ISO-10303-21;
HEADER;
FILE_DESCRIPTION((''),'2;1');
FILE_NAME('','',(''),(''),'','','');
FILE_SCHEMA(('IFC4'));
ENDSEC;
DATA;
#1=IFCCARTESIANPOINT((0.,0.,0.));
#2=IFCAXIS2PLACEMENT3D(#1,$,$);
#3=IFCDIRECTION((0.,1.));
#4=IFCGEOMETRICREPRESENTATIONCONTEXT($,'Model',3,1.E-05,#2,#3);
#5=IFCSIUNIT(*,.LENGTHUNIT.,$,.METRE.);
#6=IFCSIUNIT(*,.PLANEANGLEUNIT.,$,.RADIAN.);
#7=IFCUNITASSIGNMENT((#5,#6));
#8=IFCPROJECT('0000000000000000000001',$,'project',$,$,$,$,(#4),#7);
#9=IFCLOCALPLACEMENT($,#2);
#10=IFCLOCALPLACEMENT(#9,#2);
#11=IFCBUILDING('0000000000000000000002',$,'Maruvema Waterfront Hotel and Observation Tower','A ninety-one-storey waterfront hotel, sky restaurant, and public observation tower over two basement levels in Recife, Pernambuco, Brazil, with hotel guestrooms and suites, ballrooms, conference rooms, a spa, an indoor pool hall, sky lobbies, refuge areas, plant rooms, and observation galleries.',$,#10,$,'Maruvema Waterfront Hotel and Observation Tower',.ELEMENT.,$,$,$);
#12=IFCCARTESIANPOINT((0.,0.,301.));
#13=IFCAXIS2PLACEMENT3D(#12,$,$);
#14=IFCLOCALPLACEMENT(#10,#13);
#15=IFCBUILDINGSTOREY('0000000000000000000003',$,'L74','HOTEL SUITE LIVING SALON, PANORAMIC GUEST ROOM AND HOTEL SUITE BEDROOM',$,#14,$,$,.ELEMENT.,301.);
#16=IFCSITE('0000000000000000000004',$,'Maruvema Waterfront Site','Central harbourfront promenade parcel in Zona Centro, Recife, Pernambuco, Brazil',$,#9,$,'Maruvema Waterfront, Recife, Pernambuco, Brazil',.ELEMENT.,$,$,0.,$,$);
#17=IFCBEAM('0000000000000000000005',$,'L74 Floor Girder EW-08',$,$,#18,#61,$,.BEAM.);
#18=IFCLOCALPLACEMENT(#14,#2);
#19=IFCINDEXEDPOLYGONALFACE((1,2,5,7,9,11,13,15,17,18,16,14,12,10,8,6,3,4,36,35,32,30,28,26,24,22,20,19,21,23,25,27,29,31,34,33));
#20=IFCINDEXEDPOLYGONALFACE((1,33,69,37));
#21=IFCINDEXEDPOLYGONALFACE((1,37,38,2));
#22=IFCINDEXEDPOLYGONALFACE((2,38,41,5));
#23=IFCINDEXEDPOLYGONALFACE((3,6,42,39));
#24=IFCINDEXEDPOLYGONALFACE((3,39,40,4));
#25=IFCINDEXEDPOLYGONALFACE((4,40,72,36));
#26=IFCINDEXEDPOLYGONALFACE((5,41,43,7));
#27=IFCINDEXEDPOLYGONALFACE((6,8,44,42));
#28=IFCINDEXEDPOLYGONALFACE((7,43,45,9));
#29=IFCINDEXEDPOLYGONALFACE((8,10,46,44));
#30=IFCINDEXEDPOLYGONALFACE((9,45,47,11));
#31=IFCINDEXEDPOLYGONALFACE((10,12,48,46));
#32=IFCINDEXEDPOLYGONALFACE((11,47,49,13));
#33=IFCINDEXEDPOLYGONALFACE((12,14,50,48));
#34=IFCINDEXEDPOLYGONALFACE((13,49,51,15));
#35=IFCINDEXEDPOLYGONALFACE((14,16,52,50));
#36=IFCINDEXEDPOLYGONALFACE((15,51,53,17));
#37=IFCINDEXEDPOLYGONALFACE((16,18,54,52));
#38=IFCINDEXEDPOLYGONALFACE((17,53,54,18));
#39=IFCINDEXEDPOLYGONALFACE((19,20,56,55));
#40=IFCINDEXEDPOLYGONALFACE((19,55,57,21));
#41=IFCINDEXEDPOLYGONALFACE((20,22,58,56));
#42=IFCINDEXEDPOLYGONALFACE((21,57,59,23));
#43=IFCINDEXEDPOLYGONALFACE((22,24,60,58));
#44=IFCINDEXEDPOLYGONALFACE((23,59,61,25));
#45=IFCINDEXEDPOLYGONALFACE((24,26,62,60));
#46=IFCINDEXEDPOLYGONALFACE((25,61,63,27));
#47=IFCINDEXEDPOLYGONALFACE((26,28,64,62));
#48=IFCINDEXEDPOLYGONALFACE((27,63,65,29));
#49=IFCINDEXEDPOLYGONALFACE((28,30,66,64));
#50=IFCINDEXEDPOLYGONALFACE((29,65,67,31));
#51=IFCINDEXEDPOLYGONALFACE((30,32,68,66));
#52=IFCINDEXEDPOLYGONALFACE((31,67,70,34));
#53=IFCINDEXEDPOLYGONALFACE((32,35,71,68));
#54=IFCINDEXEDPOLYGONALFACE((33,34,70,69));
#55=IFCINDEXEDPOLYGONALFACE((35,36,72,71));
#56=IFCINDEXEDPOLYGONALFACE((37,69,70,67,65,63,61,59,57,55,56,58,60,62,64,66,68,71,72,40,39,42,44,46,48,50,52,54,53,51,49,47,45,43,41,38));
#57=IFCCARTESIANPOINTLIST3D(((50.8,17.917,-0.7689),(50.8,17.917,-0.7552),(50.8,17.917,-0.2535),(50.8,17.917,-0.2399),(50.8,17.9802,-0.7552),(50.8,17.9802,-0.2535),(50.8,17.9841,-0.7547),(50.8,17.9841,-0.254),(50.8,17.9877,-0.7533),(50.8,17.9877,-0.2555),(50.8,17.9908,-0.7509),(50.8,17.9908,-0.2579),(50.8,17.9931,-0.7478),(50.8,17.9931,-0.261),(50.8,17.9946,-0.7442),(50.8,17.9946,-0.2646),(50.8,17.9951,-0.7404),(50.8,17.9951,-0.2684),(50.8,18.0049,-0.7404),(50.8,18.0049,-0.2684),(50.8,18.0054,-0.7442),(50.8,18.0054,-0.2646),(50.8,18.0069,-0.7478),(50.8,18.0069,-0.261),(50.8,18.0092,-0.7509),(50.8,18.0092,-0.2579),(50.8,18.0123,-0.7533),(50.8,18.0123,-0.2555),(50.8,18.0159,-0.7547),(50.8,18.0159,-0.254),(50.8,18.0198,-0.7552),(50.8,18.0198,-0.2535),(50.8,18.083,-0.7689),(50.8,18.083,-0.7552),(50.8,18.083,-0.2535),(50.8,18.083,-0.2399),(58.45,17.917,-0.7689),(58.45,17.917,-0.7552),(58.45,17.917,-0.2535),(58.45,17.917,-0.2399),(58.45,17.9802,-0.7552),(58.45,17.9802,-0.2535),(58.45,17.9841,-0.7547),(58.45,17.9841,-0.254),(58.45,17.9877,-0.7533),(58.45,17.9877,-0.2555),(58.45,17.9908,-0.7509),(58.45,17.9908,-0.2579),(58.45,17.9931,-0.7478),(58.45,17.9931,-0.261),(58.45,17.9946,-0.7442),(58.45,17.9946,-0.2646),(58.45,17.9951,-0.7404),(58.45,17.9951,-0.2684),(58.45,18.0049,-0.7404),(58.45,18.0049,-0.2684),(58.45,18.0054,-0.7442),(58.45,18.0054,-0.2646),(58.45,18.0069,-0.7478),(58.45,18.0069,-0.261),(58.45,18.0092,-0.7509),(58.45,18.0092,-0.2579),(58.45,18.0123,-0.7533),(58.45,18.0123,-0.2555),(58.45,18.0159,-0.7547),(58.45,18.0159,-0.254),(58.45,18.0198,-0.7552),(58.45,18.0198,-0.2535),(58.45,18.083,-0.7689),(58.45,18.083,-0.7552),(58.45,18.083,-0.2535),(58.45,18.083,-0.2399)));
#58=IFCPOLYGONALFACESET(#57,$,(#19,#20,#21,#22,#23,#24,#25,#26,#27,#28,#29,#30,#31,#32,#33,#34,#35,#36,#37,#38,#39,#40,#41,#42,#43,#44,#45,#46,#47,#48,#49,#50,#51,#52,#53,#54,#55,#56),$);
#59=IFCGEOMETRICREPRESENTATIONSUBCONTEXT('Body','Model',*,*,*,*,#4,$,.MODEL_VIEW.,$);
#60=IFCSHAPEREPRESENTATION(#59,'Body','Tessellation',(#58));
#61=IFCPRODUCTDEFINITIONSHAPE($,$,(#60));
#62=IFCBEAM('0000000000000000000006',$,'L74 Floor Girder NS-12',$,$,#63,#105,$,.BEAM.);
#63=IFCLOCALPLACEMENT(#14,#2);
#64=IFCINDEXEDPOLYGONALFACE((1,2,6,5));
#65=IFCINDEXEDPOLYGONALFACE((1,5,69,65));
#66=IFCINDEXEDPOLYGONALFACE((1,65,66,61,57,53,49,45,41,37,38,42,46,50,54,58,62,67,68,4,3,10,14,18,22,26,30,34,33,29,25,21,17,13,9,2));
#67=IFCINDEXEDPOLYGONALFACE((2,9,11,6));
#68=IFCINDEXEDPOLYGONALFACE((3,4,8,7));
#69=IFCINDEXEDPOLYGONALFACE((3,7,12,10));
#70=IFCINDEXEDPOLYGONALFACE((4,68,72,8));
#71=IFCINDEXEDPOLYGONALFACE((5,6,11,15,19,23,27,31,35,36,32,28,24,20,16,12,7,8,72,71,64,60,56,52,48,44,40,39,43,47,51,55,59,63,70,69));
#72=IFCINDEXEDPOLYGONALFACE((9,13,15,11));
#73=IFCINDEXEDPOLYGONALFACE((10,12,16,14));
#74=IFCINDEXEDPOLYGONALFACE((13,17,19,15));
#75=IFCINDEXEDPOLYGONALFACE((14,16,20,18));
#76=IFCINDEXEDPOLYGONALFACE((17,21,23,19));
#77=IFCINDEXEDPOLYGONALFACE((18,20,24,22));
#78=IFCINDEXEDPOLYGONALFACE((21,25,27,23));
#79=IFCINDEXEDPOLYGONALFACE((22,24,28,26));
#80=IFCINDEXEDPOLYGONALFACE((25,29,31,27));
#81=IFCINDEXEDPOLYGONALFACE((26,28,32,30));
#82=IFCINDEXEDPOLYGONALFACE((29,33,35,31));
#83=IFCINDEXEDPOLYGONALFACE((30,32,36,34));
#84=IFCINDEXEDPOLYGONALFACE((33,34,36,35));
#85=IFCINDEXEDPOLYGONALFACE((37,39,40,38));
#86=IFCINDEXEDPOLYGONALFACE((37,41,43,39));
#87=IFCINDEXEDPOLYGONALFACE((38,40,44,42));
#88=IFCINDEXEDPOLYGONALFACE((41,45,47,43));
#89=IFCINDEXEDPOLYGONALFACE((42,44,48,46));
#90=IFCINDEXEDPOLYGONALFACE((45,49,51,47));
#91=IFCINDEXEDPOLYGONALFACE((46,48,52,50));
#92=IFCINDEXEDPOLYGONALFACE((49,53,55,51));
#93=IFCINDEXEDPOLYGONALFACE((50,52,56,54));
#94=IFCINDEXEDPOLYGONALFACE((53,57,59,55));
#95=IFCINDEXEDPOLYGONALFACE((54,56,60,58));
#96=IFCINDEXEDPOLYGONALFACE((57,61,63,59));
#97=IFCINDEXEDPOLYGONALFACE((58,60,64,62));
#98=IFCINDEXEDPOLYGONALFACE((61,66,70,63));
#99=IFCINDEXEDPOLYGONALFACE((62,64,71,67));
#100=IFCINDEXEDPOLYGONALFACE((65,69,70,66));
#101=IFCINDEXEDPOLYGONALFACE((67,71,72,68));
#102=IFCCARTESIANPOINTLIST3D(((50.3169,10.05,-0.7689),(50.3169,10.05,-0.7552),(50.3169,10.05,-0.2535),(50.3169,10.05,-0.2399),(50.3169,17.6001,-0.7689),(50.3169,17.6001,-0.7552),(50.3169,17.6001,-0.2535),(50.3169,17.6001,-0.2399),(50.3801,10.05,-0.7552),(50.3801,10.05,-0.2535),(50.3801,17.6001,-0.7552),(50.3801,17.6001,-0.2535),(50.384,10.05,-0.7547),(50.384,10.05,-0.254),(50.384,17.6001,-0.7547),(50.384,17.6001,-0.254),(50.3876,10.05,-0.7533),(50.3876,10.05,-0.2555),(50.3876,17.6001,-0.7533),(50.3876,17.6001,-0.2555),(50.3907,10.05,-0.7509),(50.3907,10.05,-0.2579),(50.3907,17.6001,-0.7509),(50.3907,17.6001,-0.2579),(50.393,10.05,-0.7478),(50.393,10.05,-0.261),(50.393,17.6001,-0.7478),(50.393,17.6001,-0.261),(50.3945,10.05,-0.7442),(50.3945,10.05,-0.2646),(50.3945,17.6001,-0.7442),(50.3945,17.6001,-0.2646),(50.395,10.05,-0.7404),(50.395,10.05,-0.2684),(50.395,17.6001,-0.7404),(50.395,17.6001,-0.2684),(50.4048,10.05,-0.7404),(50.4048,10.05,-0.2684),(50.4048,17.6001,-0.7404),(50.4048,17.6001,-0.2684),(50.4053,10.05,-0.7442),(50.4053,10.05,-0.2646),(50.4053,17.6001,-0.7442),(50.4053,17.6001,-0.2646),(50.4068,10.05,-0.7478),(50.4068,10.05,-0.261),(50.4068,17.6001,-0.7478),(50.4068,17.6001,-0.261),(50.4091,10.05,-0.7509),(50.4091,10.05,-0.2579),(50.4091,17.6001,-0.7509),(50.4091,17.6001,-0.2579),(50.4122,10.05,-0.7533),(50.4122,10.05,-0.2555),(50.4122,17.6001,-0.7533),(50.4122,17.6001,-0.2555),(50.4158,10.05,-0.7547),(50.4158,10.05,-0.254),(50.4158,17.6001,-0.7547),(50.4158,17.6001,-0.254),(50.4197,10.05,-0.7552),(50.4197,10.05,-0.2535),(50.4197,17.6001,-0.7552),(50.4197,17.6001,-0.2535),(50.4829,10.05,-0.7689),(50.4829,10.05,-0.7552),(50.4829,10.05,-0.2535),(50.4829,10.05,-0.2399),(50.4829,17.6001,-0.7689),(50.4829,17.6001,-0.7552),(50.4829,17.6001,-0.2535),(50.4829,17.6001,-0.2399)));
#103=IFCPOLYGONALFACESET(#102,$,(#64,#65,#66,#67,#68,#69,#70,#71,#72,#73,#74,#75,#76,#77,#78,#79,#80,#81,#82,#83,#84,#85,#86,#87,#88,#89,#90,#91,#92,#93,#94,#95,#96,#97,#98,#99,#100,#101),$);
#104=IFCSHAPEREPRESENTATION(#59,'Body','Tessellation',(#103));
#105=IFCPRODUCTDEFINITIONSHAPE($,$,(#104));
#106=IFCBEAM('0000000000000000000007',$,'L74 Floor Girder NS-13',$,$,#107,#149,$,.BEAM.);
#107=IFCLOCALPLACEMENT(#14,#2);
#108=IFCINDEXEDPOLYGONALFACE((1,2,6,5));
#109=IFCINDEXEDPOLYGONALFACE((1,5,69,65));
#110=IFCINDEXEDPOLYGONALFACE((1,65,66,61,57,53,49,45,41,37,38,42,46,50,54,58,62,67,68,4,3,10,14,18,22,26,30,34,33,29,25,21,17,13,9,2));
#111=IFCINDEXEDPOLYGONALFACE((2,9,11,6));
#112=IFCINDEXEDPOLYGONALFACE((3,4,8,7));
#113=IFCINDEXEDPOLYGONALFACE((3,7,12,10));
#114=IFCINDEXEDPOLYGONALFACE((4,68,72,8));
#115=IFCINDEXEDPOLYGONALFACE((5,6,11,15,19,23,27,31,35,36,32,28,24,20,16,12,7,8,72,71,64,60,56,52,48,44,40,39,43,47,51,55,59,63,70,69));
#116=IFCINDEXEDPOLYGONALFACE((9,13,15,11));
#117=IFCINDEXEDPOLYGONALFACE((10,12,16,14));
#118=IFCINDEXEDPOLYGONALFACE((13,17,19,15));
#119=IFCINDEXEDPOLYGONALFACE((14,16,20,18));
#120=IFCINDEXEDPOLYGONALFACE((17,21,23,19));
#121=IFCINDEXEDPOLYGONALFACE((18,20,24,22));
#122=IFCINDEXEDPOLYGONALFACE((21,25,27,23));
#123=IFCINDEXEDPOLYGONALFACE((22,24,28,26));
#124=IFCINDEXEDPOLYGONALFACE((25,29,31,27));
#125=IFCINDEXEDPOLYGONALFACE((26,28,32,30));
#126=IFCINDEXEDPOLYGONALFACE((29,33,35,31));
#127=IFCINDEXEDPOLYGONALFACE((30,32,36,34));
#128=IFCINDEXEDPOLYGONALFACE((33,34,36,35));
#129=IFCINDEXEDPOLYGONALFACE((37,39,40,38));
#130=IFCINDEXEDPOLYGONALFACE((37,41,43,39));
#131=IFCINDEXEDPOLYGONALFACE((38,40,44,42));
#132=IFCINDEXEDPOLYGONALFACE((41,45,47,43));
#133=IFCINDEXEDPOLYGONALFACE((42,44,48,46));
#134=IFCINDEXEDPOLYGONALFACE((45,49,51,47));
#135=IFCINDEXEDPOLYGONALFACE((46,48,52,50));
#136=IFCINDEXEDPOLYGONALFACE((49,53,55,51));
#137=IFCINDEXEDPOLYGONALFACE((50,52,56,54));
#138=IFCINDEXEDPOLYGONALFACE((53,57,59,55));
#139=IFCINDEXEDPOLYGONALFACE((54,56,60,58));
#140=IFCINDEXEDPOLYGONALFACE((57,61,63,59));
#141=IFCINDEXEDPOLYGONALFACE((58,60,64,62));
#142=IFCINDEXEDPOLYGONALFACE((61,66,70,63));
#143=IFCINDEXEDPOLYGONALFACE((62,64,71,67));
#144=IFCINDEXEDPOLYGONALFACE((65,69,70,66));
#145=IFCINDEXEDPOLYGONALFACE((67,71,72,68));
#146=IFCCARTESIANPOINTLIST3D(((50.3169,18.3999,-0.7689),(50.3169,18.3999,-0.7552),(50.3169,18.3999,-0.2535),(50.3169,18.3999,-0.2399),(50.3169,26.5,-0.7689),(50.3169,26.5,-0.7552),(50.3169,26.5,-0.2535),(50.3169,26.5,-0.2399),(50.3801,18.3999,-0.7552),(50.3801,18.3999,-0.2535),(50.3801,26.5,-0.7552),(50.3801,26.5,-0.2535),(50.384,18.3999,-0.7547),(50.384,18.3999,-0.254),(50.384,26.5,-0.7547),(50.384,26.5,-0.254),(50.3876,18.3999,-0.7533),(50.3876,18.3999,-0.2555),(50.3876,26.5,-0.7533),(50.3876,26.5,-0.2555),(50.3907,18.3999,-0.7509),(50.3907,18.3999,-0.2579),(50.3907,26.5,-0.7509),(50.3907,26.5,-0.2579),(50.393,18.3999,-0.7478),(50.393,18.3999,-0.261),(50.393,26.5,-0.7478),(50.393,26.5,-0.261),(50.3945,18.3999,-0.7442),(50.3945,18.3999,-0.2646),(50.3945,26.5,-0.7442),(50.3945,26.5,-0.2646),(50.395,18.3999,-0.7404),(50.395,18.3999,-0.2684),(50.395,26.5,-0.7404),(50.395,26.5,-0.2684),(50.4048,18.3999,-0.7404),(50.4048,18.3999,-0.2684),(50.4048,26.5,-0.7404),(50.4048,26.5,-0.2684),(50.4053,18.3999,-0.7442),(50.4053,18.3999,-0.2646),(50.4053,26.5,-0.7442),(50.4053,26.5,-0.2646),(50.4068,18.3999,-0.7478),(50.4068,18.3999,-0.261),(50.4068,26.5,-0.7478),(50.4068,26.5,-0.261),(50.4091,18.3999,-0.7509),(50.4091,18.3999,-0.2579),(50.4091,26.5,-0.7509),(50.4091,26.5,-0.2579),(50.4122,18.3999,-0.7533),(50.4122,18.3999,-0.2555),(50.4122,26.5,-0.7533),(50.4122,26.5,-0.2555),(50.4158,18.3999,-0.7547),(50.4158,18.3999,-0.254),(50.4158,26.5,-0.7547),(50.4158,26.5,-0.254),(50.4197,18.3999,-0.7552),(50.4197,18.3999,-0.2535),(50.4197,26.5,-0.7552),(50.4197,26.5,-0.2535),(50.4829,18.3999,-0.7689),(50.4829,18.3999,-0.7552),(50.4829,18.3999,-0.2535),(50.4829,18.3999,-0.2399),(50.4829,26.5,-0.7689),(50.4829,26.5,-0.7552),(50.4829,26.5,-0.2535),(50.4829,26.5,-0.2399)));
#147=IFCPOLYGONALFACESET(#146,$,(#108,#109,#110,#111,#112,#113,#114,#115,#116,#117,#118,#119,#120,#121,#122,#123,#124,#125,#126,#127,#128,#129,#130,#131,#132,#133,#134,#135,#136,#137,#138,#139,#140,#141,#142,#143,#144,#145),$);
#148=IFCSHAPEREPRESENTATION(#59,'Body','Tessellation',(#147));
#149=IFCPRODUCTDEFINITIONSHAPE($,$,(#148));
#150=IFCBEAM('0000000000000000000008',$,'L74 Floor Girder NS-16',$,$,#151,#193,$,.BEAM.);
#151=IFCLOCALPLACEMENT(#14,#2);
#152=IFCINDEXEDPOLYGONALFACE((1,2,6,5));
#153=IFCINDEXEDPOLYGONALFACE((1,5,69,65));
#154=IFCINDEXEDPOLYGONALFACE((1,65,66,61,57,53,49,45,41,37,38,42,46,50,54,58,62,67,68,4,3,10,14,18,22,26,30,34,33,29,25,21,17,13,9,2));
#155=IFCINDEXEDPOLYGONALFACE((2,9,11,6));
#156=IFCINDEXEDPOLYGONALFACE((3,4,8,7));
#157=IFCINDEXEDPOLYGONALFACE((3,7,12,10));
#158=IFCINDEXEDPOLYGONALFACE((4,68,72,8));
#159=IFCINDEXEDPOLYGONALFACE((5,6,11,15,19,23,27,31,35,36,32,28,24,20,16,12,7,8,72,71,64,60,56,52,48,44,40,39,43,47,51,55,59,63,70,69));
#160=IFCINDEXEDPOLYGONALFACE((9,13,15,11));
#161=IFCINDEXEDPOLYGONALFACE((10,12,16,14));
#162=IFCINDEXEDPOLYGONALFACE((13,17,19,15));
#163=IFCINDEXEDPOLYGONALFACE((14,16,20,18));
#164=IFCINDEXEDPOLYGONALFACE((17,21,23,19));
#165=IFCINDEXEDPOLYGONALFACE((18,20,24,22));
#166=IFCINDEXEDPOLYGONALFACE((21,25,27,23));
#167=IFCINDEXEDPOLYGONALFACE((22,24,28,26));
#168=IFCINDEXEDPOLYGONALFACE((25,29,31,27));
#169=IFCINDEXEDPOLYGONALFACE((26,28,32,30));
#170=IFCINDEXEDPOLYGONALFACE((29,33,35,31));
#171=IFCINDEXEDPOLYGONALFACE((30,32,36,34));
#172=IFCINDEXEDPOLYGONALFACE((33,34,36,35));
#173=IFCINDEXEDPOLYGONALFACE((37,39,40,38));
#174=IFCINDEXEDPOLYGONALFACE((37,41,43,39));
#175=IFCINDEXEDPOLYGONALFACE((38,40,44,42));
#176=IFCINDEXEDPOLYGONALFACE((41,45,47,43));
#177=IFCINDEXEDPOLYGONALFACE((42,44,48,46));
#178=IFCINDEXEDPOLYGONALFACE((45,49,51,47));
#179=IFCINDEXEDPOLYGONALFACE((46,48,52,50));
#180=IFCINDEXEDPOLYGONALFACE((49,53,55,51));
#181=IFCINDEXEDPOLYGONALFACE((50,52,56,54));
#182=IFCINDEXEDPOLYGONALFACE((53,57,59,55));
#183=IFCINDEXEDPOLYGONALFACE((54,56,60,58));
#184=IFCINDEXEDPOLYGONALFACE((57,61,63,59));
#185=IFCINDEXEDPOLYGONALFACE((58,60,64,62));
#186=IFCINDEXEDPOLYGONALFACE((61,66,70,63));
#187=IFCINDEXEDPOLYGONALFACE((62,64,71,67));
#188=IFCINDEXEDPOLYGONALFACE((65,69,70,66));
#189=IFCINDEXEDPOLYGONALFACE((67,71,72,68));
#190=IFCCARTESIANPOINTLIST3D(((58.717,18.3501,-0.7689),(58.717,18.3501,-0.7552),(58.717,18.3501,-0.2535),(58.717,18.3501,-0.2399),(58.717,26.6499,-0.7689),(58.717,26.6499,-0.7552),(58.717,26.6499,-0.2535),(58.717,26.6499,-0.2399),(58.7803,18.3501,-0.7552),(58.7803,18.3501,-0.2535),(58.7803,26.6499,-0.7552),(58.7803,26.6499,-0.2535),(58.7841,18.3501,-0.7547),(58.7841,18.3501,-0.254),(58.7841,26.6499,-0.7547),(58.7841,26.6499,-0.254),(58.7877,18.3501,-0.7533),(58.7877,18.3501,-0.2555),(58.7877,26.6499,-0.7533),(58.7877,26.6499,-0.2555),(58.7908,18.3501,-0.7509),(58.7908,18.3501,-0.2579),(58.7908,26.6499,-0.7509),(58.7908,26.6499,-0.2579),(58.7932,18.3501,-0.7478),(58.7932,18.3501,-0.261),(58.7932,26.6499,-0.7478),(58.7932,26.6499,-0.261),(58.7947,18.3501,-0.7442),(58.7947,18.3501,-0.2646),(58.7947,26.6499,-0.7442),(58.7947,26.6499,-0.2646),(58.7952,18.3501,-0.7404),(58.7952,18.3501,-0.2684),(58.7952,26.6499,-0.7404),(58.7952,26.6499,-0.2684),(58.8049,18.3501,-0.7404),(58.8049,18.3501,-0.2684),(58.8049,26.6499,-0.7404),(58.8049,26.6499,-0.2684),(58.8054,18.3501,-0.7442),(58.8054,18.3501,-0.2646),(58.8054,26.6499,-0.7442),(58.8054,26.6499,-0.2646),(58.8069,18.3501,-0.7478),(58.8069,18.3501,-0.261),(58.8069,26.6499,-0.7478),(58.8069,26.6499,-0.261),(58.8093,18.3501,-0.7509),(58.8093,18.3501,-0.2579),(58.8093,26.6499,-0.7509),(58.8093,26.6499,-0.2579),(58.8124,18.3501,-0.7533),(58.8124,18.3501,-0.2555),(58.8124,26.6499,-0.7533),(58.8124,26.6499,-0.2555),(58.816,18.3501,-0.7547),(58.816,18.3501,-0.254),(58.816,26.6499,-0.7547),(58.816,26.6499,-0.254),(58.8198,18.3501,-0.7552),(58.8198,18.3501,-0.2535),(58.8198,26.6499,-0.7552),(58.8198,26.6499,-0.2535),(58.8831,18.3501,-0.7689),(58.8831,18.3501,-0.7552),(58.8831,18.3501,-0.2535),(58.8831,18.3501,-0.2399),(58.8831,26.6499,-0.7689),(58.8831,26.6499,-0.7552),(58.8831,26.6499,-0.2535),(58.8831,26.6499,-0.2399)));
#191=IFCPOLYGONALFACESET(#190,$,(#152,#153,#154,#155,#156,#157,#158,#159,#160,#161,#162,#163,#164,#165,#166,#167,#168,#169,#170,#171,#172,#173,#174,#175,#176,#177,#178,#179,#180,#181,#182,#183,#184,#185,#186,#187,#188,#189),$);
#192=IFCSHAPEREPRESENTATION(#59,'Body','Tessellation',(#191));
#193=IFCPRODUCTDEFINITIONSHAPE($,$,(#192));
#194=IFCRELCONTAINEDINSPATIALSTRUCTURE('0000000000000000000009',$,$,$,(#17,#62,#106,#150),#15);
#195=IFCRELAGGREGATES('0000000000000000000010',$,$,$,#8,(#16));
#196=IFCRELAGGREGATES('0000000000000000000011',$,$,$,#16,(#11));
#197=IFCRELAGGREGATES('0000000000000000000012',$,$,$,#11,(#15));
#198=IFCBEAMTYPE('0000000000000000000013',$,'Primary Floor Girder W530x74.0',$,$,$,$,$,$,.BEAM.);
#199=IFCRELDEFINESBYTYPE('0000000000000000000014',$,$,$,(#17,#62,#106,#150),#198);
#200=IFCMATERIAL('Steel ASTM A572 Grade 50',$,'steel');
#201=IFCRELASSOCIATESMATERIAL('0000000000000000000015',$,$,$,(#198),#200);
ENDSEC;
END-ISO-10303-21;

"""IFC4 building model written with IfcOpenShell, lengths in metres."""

from ifc_helpers import new_model, si_unit, direction, frame, origin, origin_2d, place, context, subcontext, project, spatial, i_section, extrude, material, material_profile, profile_set, type_object, element, save


model = new_model("IFC4")

# Units and contexts
model_context = context("Model", 3, precision=1e-05, world=origin(), true_north=direction((0.0, 1.0)))
body_context = subcontext(model_context, "Body", "Model", "MODEL_VIEW")
ifc_project = project(units=[si_unit("LENGTHUNIT", "METRE"), si_unit("PLANEANGLEUNIT", "RADIAN")], contexts=[model_context])

# Site, building, storey
site_placement = place(None, origin())
site = spatial("IfcSite", under=ifc_project, at=site_placement, Name="Maruvema Waterfront Site", Description="Central harbourfront promenade parcel in Zona Centro, Recife, Pernambuco, Brazil", LongName="Maruvema Waterfront, Recife, Pernambuco, Brazil", CompositionType="ELEMENT", RefElevation=0.0)
building_placement = place(site_placement, origin())
building = spatial("IfcBuilding", under=site, at=building_placement, Name="Maruvema Waterfront Hotel and Observation Tower", Description="A ninety-one-storey waterfront hotel, sky restaurant, and public observation tower over two basement levels in Recife, Pernambuco, Brazil, with hotel guestrooms and suites, ballrooms, conference rooms, a spa, an indoor pool hall, sky lobbies, refuge areas, plant rooms, and observation galleries.", LongName="Maruvema Waterfront Hotel and Observation Tower", CompositionType="ELEMENT")
storey_placement = place(building_placement, frame((0.0, 0.0, 301.0)))
storey = spatial("IfcBuildingStorey", under=building, at=storey_placement, Name="L74", Description="HOTEL SUITE LIVING SALON, PANORAMIC GUEST ROOM AND HOTEL SUITE BEDROOM", CompositionType="ELEMENT", Elevation=301.0)

# Beams
ifc_material_1 = material(Name="Steel ASTM A572 Grade 50", Category="steel")
ifc_material_profile_1 = material_profile(ifc_material_1, i_section(OverallWidth=0.166, OverallDepth=0.5291, WebThickness=0.0098, FlangeThickness=0.0137, FilletRadius=0.0149, at=origin_2d()), Name="W530x74.0")
ifc_profile_set_1 = profile_set([ifc_material_profile_1], Name="Steel ASTM A572 Grade 50")
beam_type_1 = type_object("IfcBeamType", Name="Primary Floor Girder W530x74.0", PredefinedType="BEAM", material=ifc_profile_set_1)
beam_1_placement = place(storey_placement, frame((50.8, 18.0, -0.5044), z_axis=(1.0, 0.0, 0.0), x_axis=(0.0, 1.0, 0.0)))
element("IfcBeam", 1, at=beam_1_placement, inside=storey, type_object=beam_type_1, Name="L74 Floor Girder EW-08", PredefinedType="BEAM", context=body_context, shape_type="SweptSolid", body=[
    extrude(i_section(OverallWidth=0.166, OverallDepth=0.5291, WebThickness=0.0098, FlangeThickness=0.0137, FilletRadius=0.0149, at=origin_2d()), origin(), (0.0, 0.0, 1.0), 7.6499),
])
beam_2_placement = place(storey_placement, frame((50.3999, 10.05, -0.5044), z_axis=(0.0, 1.0, 0.0), x_axis=(-1.0, 0.0, 0.0)))
element("IfcBeam", 2, at=beam_2_placement, inside=storey, type_object=beam_type_1, Name="L74 Floor Girder NS-12", PredefinedType="BEAM", context=body_context, shape_type="SweptSolid", body=[
    extrude(i_section(OverallWidth=0.166, OverallDepth=0.5291, WebThickness=0.0098, FlangeThickness=0.0137, FilletRadius=0.0149, at=origin_2d()), origin(), (0.0, 0.0, 1.0), 7.55),
])
beam_3_placement = place(storey_placement, frame((50.3999, 18.3999, -0.5044), z_axis=(0.0, 1.0, 0.0), x_axis=(-1.0, 0.0, 0.0)))
element("IfcBeam", 3, at=beam_3_placement, inside=storey, type_object=beam_type_1, Name="L74 Floor Girder NS-13", PredefinedType="BEAM", context=body_context, shape_type="SweptSolid", body=[
    extrude(i_section(OverallWidth=0.166, OverallDepth=0.5291, WebThickness=0.0098, FlangeThickness=0.0137, FilletRadius=0.0149, at=origin_2d()), origin(), (0.0, 0.0, 1.0), 8.1001),
])
beam_4_placement = place(storey_placement, frame((58.8, 18.3501, -0.5044), z_axis=(0.0, 1.0, 0.0), x_axis=(-1.0, 0.0, 0.0)))
element("IfcBeam", 4, at=beam_4_placement, inside=storey, type_object=beam_type_1, Name="L74 Floor Girder NS-16", PredefinedType="BEAM", context=body_context, shape_type="SweptSolid", body=[
    extrude(i_section(OverallWidth=0.166, OverallDepth=0.5291, WebThickness=0.0098, FlangeThickness=0.0137, FilletRadius=0.0149, at=origin_2d()), origin(), (0.0, 0.0, 1.0), 8.2998),
])

save(model, "model.ifc")
